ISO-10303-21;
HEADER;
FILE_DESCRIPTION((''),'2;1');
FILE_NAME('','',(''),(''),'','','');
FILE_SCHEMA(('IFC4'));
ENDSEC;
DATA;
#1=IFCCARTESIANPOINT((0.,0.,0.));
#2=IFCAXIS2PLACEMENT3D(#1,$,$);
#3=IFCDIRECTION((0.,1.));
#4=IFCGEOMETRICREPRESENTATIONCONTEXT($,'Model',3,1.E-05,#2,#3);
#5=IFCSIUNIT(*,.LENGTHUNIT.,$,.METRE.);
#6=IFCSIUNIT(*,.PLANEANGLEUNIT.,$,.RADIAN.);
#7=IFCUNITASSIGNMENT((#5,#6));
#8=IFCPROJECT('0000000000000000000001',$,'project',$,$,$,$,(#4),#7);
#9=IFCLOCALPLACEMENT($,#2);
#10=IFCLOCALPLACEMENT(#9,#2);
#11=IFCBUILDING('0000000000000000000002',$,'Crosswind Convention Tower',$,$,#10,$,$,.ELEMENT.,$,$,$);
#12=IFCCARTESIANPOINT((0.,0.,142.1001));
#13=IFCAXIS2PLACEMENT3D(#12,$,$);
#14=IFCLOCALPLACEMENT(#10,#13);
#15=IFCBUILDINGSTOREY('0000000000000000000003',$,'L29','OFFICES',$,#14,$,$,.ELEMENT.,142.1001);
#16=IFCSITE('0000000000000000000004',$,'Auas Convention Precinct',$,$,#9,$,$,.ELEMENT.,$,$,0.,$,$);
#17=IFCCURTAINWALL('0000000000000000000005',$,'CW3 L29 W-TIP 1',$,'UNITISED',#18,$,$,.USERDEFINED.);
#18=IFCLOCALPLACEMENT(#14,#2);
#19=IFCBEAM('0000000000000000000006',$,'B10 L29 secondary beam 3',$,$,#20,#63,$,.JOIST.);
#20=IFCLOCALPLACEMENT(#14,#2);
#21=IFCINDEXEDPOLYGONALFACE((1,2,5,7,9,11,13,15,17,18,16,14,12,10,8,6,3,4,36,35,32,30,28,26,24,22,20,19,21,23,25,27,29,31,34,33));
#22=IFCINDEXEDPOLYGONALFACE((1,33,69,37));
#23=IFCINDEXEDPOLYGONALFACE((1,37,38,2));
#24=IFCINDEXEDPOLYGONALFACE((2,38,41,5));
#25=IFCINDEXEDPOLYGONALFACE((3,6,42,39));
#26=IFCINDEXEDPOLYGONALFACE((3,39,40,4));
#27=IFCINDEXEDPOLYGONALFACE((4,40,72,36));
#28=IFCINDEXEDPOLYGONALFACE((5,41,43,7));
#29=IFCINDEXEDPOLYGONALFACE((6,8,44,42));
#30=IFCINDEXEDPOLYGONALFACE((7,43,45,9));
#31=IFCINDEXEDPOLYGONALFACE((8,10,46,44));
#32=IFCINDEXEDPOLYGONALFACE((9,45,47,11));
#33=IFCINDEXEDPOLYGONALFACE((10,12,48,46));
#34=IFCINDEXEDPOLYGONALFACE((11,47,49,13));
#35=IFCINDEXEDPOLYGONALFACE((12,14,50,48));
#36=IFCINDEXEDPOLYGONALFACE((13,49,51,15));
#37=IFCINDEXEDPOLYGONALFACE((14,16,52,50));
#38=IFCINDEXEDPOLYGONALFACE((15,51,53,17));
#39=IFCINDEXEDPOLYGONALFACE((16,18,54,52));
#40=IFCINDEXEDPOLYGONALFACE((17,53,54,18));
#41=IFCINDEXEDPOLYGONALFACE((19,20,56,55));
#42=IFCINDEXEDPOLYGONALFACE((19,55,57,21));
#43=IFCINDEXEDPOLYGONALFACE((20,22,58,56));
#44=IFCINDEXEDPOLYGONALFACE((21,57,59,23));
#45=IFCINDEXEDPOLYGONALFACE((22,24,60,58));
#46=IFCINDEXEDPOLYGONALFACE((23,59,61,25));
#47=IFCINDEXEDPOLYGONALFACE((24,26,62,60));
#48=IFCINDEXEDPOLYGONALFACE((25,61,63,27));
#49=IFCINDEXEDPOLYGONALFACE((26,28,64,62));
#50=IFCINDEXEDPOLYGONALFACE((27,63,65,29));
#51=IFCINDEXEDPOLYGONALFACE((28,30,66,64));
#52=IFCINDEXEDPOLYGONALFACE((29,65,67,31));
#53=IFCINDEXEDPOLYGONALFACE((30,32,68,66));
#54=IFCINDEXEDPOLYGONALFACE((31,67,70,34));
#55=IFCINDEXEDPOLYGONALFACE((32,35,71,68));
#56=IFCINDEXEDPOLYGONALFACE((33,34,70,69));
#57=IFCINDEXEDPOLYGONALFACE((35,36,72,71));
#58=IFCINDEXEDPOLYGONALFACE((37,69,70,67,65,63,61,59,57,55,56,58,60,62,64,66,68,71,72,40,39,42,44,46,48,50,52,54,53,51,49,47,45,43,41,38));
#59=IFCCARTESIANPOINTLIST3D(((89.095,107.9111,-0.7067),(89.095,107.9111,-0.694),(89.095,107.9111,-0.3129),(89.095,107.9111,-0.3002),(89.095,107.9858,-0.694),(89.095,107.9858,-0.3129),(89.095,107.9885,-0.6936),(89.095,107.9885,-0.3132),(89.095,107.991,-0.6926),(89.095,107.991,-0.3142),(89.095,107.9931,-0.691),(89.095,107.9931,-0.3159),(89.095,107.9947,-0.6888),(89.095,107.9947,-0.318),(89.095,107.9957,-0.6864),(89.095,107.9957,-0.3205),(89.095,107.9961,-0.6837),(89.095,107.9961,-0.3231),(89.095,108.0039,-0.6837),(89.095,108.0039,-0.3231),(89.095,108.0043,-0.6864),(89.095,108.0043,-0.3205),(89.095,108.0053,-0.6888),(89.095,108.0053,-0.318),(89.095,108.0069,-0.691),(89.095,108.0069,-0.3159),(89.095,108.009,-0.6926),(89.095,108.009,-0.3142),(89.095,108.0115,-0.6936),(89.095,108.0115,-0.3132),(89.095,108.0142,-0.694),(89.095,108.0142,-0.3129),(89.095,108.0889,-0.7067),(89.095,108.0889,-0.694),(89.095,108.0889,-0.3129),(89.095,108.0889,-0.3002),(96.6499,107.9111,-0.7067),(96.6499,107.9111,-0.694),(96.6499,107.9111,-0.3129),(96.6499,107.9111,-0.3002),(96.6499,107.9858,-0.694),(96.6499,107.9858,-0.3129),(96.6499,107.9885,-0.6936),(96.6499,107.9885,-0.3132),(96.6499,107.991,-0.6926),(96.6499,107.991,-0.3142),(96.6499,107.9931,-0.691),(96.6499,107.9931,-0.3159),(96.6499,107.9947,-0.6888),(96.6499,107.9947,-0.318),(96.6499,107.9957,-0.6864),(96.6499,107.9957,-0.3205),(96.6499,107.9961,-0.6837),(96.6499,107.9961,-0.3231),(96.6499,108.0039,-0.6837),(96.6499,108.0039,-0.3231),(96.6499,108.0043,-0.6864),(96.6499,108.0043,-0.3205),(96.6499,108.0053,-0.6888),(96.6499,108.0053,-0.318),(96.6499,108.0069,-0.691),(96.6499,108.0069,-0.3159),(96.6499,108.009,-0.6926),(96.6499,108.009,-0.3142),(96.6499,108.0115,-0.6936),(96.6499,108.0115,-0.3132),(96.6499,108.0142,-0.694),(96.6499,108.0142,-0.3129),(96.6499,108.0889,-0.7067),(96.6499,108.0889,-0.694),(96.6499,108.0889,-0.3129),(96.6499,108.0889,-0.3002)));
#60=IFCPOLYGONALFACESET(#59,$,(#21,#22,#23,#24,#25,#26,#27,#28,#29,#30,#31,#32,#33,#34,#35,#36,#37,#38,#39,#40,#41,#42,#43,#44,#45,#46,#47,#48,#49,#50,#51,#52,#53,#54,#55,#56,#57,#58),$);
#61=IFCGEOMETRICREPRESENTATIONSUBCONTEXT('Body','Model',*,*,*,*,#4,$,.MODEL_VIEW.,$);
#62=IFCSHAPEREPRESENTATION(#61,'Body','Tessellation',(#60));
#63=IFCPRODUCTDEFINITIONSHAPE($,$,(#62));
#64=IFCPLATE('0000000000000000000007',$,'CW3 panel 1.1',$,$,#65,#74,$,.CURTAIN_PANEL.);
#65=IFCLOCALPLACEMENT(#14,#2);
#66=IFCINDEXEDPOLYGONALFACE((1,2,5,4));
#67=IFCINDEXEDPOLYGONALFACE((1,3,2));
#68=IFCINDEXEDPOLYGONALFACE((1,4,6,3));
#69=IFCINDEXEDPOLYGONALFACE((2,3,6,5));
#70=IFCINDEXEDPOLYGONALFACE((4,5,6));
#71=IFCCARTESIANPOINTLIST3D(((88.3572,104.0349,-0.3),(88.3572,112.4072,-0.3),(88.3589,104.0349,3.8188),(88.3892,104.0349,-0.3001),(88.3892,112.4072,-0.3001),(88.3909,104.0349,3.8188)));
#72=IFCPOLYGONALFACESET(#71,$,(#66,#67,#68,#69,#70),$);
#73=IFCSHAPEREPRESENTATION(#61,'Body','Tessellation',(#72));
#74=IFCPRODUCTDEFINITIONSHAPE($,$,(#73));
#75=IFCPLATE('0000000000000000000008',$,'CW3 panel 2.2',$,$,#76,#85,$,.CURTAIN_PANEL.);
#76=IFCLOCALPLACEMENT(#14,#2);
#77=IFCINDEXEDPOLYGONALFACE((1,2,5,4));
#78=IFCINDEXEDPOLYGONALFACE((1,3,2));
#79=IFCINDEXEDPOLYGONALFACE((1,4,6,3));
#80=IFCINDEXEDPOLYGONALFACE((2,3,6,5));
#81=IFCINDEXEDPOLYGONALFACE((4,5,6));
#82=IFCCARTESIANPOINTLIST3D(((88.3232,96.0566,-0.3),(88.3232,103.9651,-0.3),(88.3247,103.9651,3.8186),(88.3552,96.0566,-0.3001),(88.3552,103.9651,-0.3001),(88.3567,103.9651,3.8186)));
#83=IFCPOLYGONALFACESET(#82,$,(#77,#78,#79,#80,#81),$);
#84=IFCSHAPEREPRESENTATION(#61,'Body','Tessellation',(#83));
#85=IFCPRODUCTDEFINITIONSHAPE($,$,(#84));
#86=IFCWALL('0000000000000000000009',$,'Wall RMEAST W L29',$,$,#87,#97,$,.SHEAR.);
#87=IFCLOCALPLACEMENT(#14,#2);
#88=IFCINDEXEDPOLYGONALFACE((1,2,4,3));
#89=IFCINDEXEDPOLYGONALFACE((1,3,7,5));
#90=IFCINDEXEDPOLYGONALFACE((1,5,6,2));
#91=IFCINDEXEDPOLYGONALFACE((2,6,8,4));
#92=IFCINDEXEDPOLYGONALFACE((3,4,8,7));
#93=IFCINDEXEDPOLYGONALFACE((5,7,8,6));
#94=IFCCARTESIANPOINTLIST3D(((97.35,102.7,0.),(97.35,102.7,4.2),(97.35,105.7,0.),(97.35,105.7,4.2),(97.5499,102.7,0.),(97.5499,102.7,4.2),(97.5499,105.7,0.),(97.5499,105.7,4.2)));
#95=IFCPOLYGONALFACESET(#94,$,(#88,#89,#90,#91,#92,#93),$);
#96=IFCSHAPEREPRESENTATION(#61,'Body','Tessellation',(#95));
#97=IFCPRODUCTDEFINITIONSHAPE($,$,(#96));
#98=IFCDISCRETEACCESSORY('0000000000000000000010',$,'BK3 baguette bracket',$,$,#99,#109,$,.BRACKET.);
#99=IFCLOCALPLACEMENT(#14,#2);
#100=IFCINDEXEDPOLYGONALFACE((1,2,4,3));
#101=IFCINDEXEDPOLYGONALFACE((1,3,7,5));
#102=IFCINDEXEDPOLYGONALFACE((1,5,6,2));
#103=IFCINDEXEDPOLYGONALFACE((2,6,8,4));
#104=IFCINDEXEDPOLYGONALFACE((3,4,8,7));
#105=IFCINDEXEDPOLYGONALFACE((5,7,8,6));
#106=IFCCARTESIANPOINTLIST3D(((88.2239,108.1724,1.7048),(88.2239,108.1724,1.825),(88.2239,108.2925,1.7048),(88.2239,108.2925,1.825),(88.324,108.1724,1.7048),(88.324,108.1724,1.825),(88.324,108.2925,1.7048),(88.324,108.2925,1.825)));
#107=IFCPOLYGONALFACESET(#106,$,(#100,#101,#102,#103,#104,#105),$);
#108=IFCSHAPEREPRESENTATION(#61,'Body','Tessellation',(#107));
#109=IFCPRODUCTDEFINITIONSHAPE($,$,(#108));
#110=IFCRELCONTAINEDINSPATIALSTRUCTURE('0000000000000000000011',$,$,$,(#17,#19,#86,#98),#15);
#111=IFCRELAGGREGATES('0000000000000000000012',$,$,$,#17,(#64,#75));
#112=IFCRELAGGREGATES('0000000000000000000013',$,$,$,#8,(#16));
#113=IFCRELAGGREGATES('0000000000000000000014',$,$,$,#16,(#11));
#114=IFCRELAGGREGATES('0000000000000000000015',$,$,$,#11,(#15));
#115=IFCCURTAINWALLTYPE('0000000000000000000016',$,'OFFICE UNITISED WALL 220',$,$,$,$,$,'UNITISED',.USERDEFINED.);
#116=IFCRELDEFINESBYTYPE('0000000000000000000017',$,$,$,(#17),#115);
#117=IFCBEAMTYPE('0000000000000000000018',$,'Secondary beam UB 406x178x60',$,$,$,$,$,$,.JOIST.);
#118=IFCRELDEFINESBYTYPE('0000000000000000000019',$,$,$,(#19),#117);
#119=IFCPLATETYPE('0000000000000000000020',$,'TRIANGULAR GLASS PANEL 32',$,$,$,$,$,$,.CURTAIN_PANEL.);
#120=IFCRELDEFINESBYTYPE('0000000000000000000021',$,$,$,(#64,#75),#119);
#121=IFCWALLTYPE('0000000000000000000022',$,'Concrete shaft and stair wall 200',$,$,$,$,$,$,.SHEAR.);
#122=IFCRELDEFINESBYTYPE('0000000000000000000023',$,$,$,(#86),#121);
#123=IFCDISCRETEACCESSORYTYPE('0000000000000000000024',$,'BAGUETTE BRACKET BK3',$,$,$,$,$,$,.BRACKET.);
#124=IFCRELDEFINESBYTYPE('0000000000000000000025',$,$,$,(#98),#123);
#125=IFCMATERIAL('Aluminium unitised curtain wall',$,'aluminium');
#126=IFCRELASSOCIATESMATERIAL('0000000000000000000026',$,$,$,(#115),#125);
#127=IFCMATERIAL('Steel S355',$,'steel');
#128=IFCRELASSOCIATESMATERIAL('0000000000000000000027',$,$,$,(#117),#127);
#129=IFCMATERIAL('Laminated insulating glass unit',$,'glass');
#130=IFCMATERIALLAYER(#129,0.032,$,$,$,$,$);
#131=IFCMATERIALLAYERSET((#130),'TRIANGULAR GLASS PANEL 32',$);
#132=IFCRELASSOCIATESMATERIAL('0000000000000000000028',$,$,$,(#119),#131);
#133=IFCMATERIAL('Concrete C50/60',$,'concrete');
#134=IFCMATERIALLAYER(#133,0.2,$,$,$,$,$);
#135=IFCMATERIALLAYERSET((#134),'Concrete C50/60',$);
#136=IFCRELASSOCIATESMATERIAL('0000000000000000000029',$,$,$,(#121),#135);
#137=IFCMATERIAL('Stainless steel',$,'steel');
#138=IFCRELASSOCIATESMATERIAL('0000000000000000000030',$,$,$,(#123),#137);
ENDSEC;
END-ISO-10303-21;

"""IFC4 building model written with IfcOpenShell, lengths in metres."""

from ifc_helpers import new_model, si_unit, direction, frame, frame_2d, origin, origin_2d, place, context, subcontext, project, spatial, polyline, rectangle, i_section, outline, extrude, material, layer, layer_set, material_profile, profile_set, type_object, element, aggregate, save


model = new_model("IFC4")

# Units and contexts
model_context = context("Model", 3, precision=1e-05, world=origin(), true_north=direction((0.0, 1.0)))
body_context = subcontext(model_context, "Body", "Model", "MODEL_VIEW")
ifc_project = project(units=[si_unit("LENGTHUNIT", "METRE"), si_unit("PLANEANGLEUNIT", "RADIAN")], contexts=[model_context])

# Site, building, storey
site_placement = place(None, origin())
site = spatial("IfcSite", under=ifc_project, at=site_placement, Name="Auas Convention Precinct", CompositionType="ELEMENT", RefElevation=0.0)
building_placement = place(site_placement, origin())
building = spatial("IfcBuilding", under=site, at=building_placement, Name="Crosswind Convention Tower", CompositionType="ELEMENT")
storey_placement = place(building_placement, frame((0.0, 0.0, 142.1001)))
storey = spatial("IfcBuildingStorey", under=building, at=storey_placement, Name="L29", Description="OFFICES", CompositionType="ELEMENT", Elevation=142.1001)

# Shared definitions
ifc_material_1 = material(Name="Steel S355", Category="steel")

# Curtain wall
ifc_material_2 = material(Name="Aluminium unitised curtain wall", Category="aluminium")
curtain_wall_type = type_object("IfcCurtainWallType", Name="OFFICE UNITISED WALL 220", ElementType="UNITISED", PredefinedType="USERDEFINED", material=ifc_material_2)
curtain_wall_placement = place(storey_placement, origin())
curtain_wall = element("IfcCurtainWall", 1, at=curtain_wall_placement, inside=storey, type_object=curtain_wall_type, Name="CW3 L29 W-TIP 1", ObjectType="UNITISED", PredefinedType="USERDEFINED")

# Beam
ifc_material_profile_1 = material_profile(ifc_material_1, i_section(OverallWidth=0.1777, OverallDepth=0.4065, WebThickness=0.0078, FlangeThickness=0.0127, FilletRadius=0.0103, at=origin_2d()), Name="UB 406x178x60")
ifc_profile_set_1 = profile_set([ifc_material_profile_1], Name="Steel S355")
beam_type_1 = type_object("IfcBeamType", Name="Secondary beam UB 406x178x60", PredefinedType="JOIST", material=ifc_profile_set_1)
for number, where, z_axis, x_axis, name in (
    (2, (89.095, 108.0, -0.5034), (1.0, 0.0, 0.0), (0.0, 1.0, 0.0), "B10 L29 secondary beam 3"),
):
    element("IfcBeam", number, at=place(storey_placement, frame(where, z_axis=z_axis, x_axis=x_axis)), inside=storey, type_object=beam_type_1, Name=name, PredefinedType="JOIST", context=body_context, shape_type="SweptSolid", body=[
        extrude(i_section(OverallWidth=0.1777, OverallDepth=0.4065, WebThickness=0.0078, FlangeThickness=0.0127, FilletRadius=0.0103, at=origin_2d()), origin(), (0.0, 0.0, 1.0), 7.5549),
    ])

# Plates
ifc_material_3 = material(Name="Laminated insulating glass unit", Category="glass")
ifc_layer_1 = layer(ifc_material_3, 0.032)
ifc_layer_set_1 = layer_set([ifc_layer_1], Name="TRIANGULAR GLASS PANEL 32")
plate_type = type_object("IfcPlateType", Name="TRIANGULAR GLASS PANEL 32", PredefinedType="CURTAIN_PANEL", material=ifc_layer_set_1)
plate_1_placement = place(storey_placement, frame((88.3572, 104.0349, -0.3), z_axis=(-1.0, 0.0, 0.000415), x_axis=(0.000415, 0.0, 1.0)))
plate_1 = element("IfcPlate", 3, at=plate_1_placement, type_object=plate_type, Name="CW3 panel 1.1", PredefinedType="CURTAIN_PANEL", context=body_context, shape_type="SweptSolid", body=[
    extrude(outline(polyline([(0.0, 0.0), (4.1189, 0.0), (0.0, 8.3723), (0.0, 0.0)])), origin(), (0.0, 0.0, -1.0), 0.032),
])
plate_2_placement = place(storey_placement, frame((88.3232, 103.9651, -0.3), z_axis=(-1.0, 0.0, 0.000356), x_axis=(0.0, -1.0, 0.0)))
plate_2 = element("IfcPlate", 4, at=plate_2_placement, type_object=plate_type, Name="CW3 panel 2.2", PredefinedType="CURTAIN_PANEL", context=body_context, shape_type="SweptSolid", body=[
    extrude(outline(polyline([(0.0, 0.0), (7.9084, 0.0), (0.0, 4.1187), (0.0, 0.0)])), origin(), (0.0, 0.0, -1.0), 0.032),
])
aggregate(curtain_wall, [plate_1, plate_2])

# Wall
ifc_material_4 = material(Name="Concrete C50/60", Category="concrete")
ifc_layer_2 = layer(ifc_material_4, 0.2)
ifc_layer_set_2 = layer_set([ifc_layer_2], Name="Concrete C50/60")
wall_type = type_object("IfcWallType", Name="Concrete shaft and stair wall 200", PredefinedType="SHEAR", material=ifc_layer_set_2)
wall_placement = place(storey_placement, frame((97.45, 105.7, 0.0), z_axis=(0.0, 0.0, 1.0), x_axis=(0.0, -1.0, 0.0)))
element("IfcWall", 5, at=wall_placement, inside=storey, type_object=wall_type, Name="Wall RMEAST W L29", PredefinedType="SHEAR", context=body_context, shape_type="SweptSolid", body=[
    extrude(rectangle(XDim=3.0, YDim=0.2, at=frame_2d((1.5, 0.0))), origin(), (0.0, 0.0, 1.0), 4.2),
])

# Discrete accessory
ifc_material_5 = material(Name="Stainless steel", Category="steel")
discrete_accessory_type = type_object("IfcDiscreteAccessoryType", Name="BAGUETTE BRACKET BK3", PredefinedType="BRACKET", material=ifc_material_5)
discrete_accessory_placement = place(storey_placement, frame((88.2739, 108.2324, 1.7048), z_axis=(0.0, 0.0, 1.0), x_axis=(0.0, -1.0, 0.0)))
element("IfcDiscreteAccessory", 6, at=discrete_accessory_placement, inside=storey, type_object=discrete_accessory_type, Name="BK3 baguette bracket", PredefinedType="BRACKET", context=body_context, shape_type="SweptSolid", body=[
    extrude(rectangle(XDim=0.1201, YDim=0.1001, at=origin_2d()), origin(), (0.0, 0.0, 1.0), 0.1201),
])

save(model, "model.ifc")
